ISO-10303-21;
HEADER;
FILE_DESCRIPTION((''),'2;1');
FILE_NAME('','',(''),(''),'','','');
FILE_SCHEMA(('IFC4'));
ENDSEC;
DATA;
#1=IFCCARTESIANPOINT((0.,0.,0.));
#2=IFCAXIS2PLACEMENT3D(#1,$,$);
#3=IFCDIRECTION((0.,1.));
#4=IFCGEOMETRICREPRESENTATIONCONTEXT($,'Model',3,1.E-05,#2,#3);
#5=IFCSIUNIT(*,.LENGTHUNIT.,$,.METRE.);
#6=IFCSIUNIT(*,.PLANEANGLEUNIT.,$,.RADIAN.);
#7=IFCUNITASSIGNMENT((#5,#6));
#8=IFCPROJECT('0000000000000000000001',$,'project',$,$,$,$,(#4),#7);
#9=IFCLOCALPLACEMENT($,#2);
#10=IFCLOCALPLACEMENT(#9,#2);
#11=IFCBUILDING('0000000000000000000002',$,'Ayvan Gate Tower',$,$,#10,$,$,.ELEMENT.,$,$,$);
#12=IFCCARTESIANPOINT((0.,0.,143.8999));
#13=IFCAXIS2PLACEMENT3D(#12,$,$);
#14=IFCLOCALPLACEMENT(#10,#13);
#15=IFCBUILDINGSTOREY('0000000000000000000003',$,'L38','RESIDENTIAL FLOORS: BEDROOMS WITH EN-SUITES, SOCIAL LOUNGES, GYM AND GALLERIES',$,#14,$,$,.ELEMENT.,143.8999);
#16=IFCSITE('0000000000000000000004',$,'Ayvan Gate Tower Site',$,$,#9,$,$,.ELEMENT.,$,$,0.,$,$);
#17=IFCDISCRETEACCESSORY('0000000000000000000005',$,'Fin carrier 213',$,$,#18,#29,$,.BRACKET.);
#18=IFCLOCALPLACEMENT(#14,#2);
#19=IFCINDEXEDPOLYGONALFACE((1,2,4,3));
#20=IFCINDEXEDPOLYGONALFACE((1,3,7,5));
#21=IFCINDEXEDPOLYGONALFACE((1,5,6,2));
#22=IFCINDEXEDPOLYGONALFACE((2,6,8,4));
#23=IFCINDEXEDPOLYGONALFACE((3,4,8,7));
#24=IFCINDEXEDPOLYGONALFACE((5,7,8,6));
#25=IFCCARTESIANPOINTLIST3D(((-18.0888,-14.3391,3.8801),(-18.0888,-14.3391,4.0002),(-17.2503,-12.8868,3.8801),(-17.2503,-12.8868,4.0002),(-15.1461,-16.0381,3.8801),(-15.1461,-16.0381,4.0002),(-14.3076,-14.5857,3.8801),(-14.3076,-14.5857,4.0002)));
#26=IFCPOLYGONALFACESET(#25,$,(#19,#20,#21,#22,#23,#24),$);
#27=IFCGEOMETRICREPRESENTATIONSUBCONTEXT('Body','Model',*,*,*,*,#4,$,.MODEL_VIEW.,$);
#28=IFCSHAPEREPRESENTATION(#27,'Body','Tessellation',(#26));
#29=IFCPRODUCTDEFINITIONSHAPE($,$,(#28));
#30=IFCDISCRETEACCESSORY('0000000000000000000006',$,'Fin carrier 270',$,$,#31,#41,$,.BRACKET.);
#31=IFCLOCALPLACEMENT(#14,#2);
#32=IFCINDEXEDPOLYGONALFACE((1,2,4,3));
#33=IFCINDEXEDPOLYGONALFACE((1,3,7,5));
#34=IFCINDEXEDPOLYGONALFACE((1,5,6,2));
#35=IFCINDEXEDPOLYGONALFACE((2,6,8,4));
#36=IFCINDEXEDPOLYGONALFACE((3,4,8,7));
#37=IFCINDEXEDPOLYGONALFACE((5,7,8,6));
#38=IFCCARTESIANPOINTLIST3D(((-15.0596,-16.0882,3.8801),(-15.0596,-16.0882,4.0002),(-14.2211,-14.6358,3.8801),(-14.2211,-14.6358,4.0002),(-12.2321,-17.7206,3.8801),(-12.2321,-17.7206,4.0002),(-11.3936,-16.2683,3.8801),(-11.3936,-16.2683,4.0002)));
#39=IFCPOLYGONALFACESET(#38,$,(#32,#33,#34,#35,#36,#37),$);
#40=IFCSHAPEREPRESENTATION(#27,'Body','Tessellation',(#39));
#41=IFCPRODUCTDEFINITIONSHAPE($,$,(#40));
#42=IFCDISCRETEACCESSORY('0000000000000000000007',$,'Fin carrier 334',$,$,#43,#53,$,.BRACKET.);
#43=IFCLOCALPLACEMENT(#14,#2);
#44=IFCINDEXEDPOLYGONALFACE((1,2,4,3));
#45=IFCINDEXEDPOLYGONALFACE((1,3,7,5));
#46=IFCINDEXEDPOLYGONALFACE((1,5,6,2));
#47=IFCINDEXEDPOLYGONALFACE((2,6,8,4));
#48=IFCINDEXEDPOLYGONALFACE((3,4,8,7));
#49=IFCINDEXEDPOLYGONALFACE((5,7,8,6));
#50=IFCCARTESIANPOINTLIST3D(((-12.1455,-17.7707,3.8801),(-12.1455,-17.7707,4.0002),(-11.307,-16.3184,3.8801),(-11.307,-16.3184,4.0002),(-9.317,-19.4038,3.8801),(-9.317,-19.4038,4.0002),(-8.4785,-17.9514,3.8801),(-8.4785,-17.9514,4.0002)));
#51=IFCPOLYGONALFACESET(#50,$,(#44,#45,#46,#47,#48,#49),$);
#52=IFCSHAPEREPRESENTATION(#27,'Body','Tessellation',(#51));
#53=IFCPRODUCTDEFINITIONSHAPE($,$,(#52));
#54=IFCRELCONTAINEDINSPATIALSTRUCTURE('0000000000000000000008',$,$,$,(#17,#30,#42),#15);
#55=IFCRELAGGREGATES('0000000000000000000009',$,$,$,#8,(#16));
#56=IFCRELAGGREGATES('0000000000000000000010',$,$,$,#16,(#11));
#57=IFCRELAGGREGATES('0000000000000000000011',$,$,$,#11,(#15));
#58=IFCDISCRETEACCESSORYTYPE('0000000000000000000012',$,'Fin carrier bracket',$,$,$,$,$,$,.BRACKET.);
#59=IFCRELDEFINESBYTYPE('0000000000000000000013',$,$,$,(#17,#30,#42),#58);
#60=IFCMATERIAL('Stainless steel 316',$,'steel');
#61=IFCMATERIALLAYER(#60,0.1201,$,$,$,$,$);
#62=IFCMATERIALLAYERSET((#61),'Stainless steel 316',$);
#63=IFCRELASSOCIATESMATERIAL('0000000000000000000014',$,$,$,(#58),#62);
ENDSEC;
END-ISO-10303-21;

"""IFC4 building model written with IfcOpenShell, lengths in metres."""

from ifc_helpers import new_model, si_unit, direction, frame, origin, origin_2d, place, context, subcontext, project, spatial, rectangle, extrude, material, layer, layer_set, type_object, element, save


model = new_model("IFC4")

# Units and contexts
model_context = context("Model", 3, precision=1e-05, world=origin(), true_north=direction((0.0, 1.0)))
body_context = subcontext(model_context, "Body", "Model", "MODEL_VIEW")
ifc_project = project(units=[si_unit("LENGTHUNIT", "METRE"), si_unit("PLANEANGLEUNIT", "RADIAN")], contexts=[model_context])

# Site, building, storey
site_placement = place(None, origin())
site = spatial("IfcSite", under=ifc_project, at=site_placement, Name="Ayvan Gate Tower Site", CompositionType="ELEMENT", RefElevation=0.0)
building_placement = place(site_placement, origin())
building = spatial("IfcBuilding", under=site, at=building_placement, Name="Ayvan Gate Tower", CompositionType="ELEMENT")
storey_placement = place(building_placement, frame((0.0, 0.0, 143.8999)))
storey = spatial("IfcBuildingStorey", under=building, at=storey_placement, Name="L38", Description="RESIDENTIAL FLOORS: BEDROOMS WITH EN-SUITES, SOCIAL LOUNGES, GYM AND GALLERIES", CompositionType="ELEMENT", Elevation=143.8999)

# Discrete accessories
ifc_material_1 = material(Name="Stainless steel 316", Category="steel")
ifc_layer_1 = layer(ifc_material_1, 0.1201)
ifc_layer_set_1 = layer_set([ifc_layer_1], Name="Stainless steel 316")
discrete_accessory_type = type_object("IfcDiscreteAccessoryType", Name="Fin carrier bracket", PredefinedType="BRACKET", material=ifc_layer_set_1)
discrete_accessory_1_placement = place(storey_placement, frame((-16.1982, -14.4624, 3.8801), z_axis=(0.0, 0.0, 1.0), x_axis=(0.866025, -0.5, 0.0)))
element("IfcDiscreteAccessory", 1, at=discrete_accessory_1_placement, inside=storey, type_object=discrete_accessory_type, Name="Fin carrier 213", PredefinedType="BRACKET", context=body_context, shape_type="SweptSolid", body=[
    extrude(rectangle(XDim=3.3979, YDim=1.677, at=origin_2d()), origin(), (0.0, 0.0, 1.0), 0.1201),
])
discrete_accessory_2_placement = place(storey_placement, frame((-13.2266, -16.1782, 3.8801), z_axis=(0.0, 0.0, 1.0), x_axis=(0.866025, -0.5, 0.0)))
element("IfcDiscreteAccessory", 2, at=discrete_accessory_2_placement, inside=storey, type_object=discrete_accessory_type, Name="Fin carrier 270", PredefinedType="BRACKET", context=body_context, shape_type="SweptSolid", body=[
    extrude(rectangle(XDim=3.2649, YDim=1.677, at=origin_2d()), origin(), (0.0, 0.0, 1.0), 0.1201),
])
discrete_accessory_3_placement = place(storey_placement, frame((-10.312, -17.8611, 3.8801), z_axis=(0.0, 0.0, 1.0), x_axis=(0.866025, -0.5, 0.0)))
element("IfcDiscreteAccessory", 3, at=discrete_accessory_3_placement, inside=storey, type_object=discrete_accessory_type, Name="Fin carrier 334", PredefinedType="BRACKET", context=body_context, shape_type="SweptSolid", body=[
    extrude(rectangle(XDim=3.2661, YDim=1.677, at=origin_2d()), origin(), (0.0, 0.0, 1.0), 0.1201),
])

save(model, "model.ifc")
